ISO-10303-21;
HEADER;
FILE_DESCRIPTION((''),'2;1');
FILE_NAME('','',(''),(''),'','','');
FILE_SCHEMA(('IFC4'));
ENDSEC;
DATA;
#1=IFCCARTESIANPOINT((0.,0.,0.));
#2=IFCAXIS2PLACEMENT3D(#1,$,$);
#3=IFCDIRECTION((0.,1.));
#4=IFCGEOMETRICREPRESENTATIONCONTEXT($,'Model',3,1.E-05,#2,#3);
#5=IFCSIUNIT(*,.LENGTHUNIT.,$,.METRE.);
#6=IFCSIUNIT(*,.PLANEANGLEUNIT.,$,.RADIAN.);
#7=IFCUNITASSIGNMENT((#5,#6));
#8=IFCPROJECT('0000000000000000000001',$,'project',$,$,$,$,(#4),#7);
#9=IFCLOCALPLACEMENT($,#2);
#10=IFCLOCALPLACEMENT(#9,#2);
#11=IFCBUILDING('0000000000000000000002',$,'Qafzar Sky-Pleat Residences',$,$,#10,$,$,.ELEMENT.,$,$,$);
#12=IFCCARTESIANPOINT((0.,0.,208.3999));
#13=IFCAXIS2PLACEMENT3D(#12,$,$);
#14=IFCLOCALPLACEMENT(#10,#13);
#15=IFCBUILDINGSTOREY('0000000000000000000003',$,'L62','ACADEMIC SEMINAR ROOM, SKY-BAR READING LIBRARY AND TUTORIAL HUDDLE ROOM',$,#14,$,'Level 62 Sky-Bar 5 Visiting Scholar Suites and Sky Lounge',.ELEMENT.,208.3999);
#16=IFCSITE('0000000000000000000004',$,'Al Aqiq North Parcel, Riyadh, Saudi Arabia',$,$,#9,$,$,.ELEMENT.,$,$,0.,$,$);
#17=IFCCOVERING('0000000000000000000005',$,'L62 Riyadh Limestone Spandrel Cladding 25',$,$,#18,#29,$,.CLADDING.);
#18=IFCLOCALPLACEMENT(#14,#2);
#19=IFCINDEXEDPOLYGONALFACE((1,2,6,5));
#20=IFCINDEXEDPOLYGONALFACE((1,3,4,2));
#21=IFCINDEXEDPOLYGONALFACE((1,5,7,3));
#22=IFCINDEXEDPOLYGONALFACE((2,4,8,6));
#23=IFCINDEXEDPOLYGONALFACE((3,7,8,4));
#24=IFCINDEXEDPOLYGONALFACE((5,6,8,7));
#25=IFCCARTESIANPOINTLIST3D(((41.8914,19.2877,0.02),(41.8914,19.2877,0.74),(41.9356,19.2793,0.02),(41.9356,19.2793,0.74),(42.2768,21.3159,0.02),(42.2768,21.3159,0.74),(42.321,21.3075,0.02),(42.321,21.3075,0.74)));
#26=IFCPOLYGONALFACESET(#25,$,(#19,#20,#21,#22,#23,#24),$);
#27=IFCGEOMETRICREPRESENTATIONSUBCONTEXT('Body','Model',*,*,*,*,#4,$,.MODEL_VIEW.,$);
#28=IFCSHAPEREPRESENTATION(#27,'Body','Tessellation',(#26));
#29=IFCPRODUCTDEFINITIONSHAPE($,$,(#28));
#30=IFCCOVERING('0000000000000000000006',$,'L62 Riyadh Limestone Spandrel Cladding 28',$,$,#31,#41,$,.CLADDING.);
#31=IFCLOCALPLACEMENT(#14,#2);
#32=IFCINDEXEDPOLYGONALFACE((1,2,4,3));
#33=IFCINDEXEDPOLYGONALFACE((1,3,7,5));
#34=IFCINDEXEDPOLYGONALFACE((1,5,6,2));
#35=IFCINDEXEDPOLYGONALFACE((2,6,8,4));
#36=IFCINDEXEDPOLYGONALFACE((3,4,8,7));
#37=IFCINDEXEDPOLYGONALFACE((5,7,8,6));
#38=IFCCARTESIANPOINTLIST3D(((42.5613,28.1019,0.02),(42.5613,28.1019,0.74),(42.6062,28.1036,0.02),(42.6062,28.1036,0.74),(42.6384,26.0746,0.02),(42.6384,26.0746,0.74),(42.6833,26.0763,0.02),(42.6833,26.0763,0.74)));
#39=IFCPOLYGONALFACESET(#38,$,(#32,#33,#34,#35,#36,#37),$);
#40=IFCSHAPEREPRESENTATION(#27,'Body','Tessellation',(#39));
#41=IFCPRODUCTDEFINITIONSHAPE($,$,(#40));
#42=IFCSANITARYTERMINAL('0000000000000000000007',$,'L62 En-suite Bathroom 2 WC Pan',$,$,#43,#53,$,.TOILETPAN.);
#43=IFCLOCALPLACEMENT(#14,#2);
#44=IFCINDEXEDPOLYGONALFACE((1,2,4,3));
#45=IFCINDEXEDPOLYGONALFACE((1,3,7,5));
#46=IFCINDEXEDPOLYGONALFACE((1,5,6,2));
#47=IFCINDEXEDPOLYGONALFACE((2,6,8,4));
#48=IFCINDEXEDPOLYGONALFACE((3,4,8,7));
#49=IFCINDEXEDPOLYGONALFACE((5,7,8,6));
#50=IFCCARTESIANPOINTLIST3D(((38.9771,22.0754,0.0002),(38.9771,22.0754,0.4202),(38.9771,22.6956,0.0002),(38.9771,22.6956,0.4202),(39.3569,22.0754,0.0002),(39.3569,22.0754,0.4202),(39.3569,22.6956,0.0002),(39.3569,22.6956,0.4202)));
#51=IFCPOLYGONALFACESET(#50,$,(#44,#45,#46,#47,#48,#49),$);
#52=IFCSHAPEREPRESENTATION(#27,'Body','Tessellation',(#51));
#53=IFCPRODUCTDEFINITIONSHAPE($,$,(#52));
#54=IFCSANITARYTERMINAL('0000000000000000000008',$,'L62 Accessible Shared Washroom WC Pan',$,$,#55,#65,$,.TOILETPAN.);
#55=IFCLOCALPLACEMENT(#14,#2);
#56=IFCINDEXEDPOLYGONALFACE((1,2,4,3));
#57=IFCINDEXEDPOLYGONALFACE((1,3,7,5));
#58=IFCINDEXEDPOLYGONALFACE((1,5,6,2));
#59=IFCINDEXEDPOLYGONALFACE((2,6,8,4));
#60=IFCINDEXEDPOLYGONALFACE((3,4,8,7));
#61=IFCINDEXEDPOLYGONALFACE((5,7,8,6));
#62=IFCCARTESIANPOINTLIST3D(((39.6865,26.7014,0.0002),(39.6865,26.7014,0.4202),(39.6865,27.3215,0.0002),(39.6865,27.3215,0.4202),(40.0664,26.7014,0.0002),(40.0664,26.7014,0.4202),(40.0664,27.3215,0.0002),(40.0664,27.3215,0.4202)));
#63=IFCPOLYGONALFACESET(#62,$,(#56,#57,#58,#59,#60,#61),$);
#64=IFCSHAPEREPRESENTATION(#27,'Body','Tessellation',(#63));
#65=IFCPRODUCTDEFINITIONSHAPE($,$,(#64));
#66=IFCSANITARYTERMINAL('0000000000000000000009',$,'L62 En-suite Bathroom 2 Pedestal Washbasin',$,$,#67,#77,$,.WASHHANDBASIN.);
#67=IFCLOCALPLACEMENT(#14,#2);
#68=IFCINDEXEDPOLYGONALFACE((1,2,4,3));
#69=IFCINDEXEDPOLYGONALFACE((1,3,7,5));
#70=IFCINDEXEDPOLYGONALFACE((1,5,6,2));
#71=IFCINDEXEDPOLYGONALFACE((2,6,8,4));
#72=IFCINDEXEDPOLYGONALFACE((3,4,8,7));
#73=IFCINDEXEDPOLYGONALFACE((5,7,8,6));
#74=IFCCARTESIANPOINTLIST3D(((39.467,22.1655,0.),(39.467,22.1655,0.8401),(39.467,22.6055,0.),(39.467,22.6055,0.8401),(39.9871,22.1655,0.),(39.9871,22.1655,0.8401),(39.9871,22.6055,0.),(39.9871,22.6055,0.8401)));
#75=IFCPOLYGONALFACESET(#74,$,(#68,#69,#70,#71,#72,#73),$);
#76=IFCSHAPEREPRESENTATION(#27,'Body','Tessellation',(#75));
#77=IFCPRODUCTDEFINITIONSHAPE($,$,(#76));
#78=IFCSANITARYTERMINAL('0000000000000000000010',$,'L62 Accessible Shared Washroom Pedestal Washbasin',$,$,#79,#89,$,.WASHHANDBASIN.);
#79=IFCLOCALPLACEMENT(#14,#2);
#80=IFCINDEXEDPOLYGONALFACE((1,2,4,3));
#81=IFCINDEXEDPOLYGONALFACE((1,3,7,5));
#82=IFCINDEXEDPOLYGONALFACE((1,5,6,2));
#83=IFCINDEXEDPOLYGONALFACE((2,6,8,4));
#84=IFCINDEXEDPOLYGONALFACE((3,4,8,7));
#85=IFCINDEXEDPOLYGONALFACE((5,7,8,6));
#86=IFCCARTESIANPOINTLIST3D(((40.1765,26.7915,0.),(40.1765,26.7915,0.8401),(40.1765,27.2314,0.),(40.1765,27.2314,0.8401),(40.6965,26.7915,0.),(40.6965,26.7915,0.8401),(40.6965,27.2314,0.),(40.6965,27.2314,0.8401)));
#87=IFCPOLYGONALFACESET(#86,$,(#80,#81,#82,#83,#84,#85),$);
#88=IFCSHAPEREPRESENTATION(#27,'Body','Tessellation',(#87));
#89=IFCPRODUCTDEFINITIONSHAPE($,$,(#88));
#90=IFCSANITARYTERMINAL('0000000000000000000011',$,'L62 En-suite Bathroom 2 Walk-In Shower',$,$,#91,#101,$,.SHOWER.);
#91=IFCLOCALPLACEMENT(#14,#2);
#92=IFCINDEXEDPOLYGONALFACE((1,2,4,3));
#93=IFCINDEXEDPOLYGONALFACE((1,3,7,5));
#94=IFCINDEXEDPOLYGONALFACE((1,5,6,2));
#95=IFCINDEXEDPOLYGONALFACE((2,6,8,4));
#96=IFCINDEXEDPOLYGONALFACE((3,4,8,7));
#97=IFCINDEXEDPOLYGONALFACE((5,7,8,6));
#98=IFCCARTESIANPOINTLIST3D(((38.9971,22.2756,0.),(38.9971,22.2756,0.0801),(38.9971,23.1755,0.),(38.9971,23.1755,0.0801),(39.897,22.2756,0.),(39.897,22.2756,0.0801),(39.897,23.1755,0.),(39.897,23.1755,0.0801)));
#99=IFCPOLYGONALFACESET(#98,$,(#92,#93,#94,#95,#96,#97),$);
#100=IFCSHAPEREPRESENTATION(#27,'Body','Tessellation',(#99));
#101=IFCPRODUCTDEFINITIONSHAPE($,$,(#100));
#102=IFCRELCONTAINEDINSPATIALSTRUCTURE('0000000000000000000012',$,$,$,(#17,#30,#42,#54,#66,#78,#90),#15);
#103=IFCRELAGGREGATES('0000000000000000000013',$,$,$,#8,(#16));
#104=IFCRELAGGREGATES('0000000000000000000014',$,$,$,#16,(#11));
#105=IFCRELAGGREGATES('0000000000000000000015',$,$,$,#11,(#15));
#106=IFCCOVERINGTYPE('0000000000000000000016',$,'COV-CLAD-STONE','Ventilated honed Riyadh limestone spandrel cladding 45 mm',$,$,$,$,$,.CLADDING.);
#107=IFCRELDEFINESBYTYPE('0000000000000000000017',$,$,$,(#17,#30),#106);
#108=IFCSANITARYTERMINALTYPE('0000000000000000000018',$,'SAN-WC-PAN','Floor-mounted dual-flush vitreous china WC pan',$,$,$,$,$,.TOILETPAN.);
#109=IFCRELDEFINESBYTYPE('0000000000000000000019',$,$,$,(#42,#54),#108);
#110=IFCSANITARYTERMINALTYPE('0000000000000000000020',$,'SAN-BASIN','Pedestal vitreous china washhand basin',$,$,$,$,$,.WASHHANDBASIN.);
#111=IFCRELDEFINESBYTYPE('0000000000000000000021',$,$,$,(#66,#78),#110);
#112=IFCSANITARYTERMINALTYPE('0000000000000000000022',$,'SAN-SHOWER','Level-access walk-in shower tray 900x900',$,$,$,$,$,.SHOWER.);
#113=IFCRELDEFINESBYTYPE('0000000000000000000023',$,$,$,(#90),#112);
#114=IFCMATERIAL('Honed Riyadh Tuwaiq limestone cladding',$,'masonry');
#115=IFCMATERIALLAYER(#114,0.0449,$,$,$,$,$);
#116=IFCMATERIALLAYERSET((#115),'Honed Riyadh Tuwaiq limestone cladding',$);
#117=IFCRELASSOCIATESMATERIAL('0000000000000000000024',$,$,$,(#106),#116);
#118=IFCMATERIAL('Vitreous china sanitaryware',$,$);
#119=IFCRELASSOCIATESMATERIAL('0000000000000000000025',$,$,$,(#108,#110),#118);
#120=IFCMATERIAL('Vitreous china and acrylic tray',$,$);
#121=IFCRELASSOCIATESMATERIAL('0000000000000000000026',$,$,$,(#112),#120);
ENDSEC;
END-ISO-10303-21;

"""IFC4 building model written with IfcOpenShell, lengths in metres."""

from ifc_helpers import new_model, si_unit, direction, frame, origin, origin_2d, place, context, subcontext, project, spatial, rectangle, extrude, source, transform, mapped, material, layer, layer_set, type_object, element, save


model = new_model("IFC4")

# Units and contexts
model_context = context("Model", 3, precision=1e-05, world=origin(), true_north=direction((0.0, 1.0)))
body_context = subcontext(model_context, "Body", "Model", "MODEL_VIEW")
ifc_project = project(units=[si_unit("LENGTHUNIT", "METRE"), si_unit("PLANEANGLEUNIT", "RADIAN")], contexts=[model_context])

# Site, building, storey
site_placement = place(None, origin())
site = spatial("IfcSite", under=ifc_project, at=site_placement, Name="Al Aqiq North Parcel, Riyadh, Saudi Arabia", CompositionType="ELEMENT", RefElevation=0.0)
building_placement = place(site_placement, origin())
building = spatial("IfcBuilding", under=site, at=building_placement, Name="Qafzar Sky-Pleat Residences", CompositionType="ELEMENT")
storey_placement = place(building_placement, frame((0.0, 0.0, 208.3999)))
storey = spatial("IfcBuildingStorey", under=building, at=storey_placement, Name="L62", Description="ACADEMIC SEMINAR ROOM, SKY-BAR READING LIBRARY AND TUTORIAL HUDDLE ROOM", LongName="Level 62 Sky-Bar 5 Visiting Scholar Suites and Sky Lounge", CompositionType="ELEMENT", Elevation=208.3999)

# Coverings
ifc_material_1 = material(Name="Honed Riyadh Tuwaiq limestone cladding", Category="masonry")
ifc_layer_1 = layer(ifc_material_1, 0.0449)
ifc_layer_set_1 = layer_set([ifc_layer_1], Name="Honed Riyadh Tuwaiq limestone cladding")
covering_type = type_object("IfcCoveringType", Name="COV-CLAD-STONE", Description="Ventilated honed Riyadh limestone spandrel cladding 45 mm", PredefinedType="CLADDING", material=ifc_layer_set_1)
shared_shape_1 = source(origin(), body_context, "Body", "SweptSolid", [
    extrude(rectangle(XDim=2.0645, YDim=0.0449, at=origin_2d()), origin(), (0.0, 0.0, 1.0), 0.72),
])
covering_1_placement = place(storey_placement, frame((42.1062, 20.2976, 0.02), z_axis=(0.0, 0.0, 1.0), x_axis=(0.186683, 0.98242, 0.0)))
element("IfcCovering", 1, at=covering_1_placement, inside=storey, type_object=covering_type, Name="L62 Riyadh Limestone Spandrel Cladding 25", PredefinedType="CLADDING", context=body_context, shape_type="MappedRepresentation", body=[
    mapped(shared_shape_1, transform((0.0, 0.0, 0.0), x_axis=(1.0, 0.0, 0.0), y_axis=(0.0, 1.0, 0.0), z_axis=(0.0, 0.0, 1.0), scale=1.0)),
])
shared_shape_2 = source(origin(), body_context, "Body", "SweptSolid", [
    extrude(rectangle(XDim=2.0288, YDim=0.0449, at=origin_2d()), origin(), (0.0, 0.0, 1.0), 0.72),
])
covering_2_placement = place(storey_placement, frame((42.6223, 27.0891, 0.02), z_axis=(0.0, 0.0, 1.0), x_axis=(-0.038017, 0.999277, 0.0)))
element("IfcCovering", 2, at=covering_2_placement, inside=storey, type_object=covering_type, Name="L62 Riyadh Limestone Spandrel Cladding 28", PredefinedType="CLADDING", context=body_context, shape_type="MappedRepresentation", body=[
    mapped(shared_shape_2, transform((0.0, 0.0, 0.0), x_axis=(1.0, 0.0, 0.0), y_axis=(0.0, 1.0, 0.0), z_axis=(0.0, 0.0, 1.0), scale=1.0)),
])

# Sanitary terminals
ifc_material_2 = material(Name="Vitreous china sanitaryware")
sanitary_terminal_type_1 = type_object("IfcSanitaryTerminalType", Name="SAN-WC-PAN", Description="Floor-mounted dual-flush vitreous china WC pan", PredefinedType="TOILETPAN", material=ifc_material_2)
shared_shape_3 = source(origin(), body_context, "Body", "SweptSolid", [
    extrude(rectangle(XDim=0.3799, YDim=0.6201, at=origin_2d()), origin(), (0.0, 0.0, 1.0), 0.4199),
])
for number, where, z_axis, x_axis, name in (
    (3, (39.167, 22.3855, 0.0002), (0.0, 0.0, 1.0), (1.0, 0.0, 0.0), "L62 En-suite Bathroom 2 WC Pan"),
    (4, (39.8765, 27.0115, 0.0002), (0.0, 0.0, 1.0), (1.0, 0.0, 0.0), "L62 Accessible Shared Washroom WC Pan"),
):
    element("IfcSanitaryTerminal", number, at=place(storey_placement, frame(where, z_axis=z_axis, x_axis=x_axis)), inside=storey, type_object=sanitary_terminal_type_1, Name=name, PredefinedType="TOILETPAN", context=body_context, shape_type="MappedRepresentation", body=[
        mapped(shared_shape_3, transform((0.0, 0.0, 0.0), x_axis=(1.0, 0.0, 0.0), y_axis=(0.0, 1.0, 0.0), z_axis=(0.0, 0.0, 1.0), scale=1.0)),
    ])
sanitary_terminal_type_2 = type_object("IfcSanitaryTerminalType", Name="SAN-BASIN", Description="Pedestal vitreous china washhand basin", PredefinedType="WASHHANDBASIN", material=ifc_material_2)
shared_shape_4 = source(origin(), body_context, "Body", "SweptSolid", [
    extrude(rectangle(XDim=0.52, YDim=0.4399, at=origin_2d()), origin(), (0.0, 0.0, 1.0), 0.8401),
])
for number, where, z_axis, x_axis, name in (
    (5, (39.7271, 22.3855, 0.0), (0.0, 0.0, 1.0), (1.0, 0.0, 0.0), "L62 En-suite Bathroom 2 Pedestal Washbasin"),
    (6, (40.4365, 27.0115, 0.0), (0.0, 0.0, 1.0), (1.0, 0.0, 0.0), "L62 Accessible Shared Washroom Pedestal Washbasin"),
):
    element("IfcSanitaryTerminal", number, at=place(storey_placement, frame(where, z_axis=z_axis, x_axis=x_axis)), inside=storey, type_object=sanitary_terminal_type_2, Name=name, PredefinedType="WASHHANDBASIN", context=body_context, shape_type="MappedRepresentation", body=[
        mapped(shared_shape_4, transform((0.0, 0.0, 0.0), x_axis=(1.0, 0.0, 0.0), y_axis=(0.0, 1.0, 0.0), z_axis=(0.0, 0.0, 1.0), scale=1.0)),
    ])
ifc_material_3 = material(Name="Vitreous china and acrylic tray")
sanitary_terminal_type_3 = type_object("IfcSanitaryTerminalType", Name="SAN-SHOWER", Description="Level-access walk-in shower tray 900x900", PredefinedType="SHOWER", material=ifc_material_3)
shared_shape_5 = source(origin(), body_context, "Body", "SweptSolid", [
    extrude(rectangle(XDim=0.8999, YDim=0.8999, at=origin_2d()), origin(), (0.0, 0.0, 1.0), 0.0801),
])
sanitary_terminal_placement = place(storey_placement, frame((39.447, 22.7256, 0.0), z_axis=(0.0, 0.0, 1.0), x_axis=(1.0, 0.0, 0.0)))
element("IfcSanitaryTerminal", 7, at=sanitary_terminal_placement, inside=storey, type_object=sanitary_terminal_type_3, Name="L62 En-suite Bathroom 2 Walk-In Shower", PredefinedType="SHOWER", context=body_context, shape_type="MappedRepresentation", body=[
    mapped(shared_shape_5, transform((0.0, 0.0, 0.0), x_axis=(1.0, 0.0, 0.0), y_axis=(0.0, 1.0, 0.0), z_axis=(0.0, 0.0, 1.0), scale=1.0)),
])

save(model, "model.ifc")
